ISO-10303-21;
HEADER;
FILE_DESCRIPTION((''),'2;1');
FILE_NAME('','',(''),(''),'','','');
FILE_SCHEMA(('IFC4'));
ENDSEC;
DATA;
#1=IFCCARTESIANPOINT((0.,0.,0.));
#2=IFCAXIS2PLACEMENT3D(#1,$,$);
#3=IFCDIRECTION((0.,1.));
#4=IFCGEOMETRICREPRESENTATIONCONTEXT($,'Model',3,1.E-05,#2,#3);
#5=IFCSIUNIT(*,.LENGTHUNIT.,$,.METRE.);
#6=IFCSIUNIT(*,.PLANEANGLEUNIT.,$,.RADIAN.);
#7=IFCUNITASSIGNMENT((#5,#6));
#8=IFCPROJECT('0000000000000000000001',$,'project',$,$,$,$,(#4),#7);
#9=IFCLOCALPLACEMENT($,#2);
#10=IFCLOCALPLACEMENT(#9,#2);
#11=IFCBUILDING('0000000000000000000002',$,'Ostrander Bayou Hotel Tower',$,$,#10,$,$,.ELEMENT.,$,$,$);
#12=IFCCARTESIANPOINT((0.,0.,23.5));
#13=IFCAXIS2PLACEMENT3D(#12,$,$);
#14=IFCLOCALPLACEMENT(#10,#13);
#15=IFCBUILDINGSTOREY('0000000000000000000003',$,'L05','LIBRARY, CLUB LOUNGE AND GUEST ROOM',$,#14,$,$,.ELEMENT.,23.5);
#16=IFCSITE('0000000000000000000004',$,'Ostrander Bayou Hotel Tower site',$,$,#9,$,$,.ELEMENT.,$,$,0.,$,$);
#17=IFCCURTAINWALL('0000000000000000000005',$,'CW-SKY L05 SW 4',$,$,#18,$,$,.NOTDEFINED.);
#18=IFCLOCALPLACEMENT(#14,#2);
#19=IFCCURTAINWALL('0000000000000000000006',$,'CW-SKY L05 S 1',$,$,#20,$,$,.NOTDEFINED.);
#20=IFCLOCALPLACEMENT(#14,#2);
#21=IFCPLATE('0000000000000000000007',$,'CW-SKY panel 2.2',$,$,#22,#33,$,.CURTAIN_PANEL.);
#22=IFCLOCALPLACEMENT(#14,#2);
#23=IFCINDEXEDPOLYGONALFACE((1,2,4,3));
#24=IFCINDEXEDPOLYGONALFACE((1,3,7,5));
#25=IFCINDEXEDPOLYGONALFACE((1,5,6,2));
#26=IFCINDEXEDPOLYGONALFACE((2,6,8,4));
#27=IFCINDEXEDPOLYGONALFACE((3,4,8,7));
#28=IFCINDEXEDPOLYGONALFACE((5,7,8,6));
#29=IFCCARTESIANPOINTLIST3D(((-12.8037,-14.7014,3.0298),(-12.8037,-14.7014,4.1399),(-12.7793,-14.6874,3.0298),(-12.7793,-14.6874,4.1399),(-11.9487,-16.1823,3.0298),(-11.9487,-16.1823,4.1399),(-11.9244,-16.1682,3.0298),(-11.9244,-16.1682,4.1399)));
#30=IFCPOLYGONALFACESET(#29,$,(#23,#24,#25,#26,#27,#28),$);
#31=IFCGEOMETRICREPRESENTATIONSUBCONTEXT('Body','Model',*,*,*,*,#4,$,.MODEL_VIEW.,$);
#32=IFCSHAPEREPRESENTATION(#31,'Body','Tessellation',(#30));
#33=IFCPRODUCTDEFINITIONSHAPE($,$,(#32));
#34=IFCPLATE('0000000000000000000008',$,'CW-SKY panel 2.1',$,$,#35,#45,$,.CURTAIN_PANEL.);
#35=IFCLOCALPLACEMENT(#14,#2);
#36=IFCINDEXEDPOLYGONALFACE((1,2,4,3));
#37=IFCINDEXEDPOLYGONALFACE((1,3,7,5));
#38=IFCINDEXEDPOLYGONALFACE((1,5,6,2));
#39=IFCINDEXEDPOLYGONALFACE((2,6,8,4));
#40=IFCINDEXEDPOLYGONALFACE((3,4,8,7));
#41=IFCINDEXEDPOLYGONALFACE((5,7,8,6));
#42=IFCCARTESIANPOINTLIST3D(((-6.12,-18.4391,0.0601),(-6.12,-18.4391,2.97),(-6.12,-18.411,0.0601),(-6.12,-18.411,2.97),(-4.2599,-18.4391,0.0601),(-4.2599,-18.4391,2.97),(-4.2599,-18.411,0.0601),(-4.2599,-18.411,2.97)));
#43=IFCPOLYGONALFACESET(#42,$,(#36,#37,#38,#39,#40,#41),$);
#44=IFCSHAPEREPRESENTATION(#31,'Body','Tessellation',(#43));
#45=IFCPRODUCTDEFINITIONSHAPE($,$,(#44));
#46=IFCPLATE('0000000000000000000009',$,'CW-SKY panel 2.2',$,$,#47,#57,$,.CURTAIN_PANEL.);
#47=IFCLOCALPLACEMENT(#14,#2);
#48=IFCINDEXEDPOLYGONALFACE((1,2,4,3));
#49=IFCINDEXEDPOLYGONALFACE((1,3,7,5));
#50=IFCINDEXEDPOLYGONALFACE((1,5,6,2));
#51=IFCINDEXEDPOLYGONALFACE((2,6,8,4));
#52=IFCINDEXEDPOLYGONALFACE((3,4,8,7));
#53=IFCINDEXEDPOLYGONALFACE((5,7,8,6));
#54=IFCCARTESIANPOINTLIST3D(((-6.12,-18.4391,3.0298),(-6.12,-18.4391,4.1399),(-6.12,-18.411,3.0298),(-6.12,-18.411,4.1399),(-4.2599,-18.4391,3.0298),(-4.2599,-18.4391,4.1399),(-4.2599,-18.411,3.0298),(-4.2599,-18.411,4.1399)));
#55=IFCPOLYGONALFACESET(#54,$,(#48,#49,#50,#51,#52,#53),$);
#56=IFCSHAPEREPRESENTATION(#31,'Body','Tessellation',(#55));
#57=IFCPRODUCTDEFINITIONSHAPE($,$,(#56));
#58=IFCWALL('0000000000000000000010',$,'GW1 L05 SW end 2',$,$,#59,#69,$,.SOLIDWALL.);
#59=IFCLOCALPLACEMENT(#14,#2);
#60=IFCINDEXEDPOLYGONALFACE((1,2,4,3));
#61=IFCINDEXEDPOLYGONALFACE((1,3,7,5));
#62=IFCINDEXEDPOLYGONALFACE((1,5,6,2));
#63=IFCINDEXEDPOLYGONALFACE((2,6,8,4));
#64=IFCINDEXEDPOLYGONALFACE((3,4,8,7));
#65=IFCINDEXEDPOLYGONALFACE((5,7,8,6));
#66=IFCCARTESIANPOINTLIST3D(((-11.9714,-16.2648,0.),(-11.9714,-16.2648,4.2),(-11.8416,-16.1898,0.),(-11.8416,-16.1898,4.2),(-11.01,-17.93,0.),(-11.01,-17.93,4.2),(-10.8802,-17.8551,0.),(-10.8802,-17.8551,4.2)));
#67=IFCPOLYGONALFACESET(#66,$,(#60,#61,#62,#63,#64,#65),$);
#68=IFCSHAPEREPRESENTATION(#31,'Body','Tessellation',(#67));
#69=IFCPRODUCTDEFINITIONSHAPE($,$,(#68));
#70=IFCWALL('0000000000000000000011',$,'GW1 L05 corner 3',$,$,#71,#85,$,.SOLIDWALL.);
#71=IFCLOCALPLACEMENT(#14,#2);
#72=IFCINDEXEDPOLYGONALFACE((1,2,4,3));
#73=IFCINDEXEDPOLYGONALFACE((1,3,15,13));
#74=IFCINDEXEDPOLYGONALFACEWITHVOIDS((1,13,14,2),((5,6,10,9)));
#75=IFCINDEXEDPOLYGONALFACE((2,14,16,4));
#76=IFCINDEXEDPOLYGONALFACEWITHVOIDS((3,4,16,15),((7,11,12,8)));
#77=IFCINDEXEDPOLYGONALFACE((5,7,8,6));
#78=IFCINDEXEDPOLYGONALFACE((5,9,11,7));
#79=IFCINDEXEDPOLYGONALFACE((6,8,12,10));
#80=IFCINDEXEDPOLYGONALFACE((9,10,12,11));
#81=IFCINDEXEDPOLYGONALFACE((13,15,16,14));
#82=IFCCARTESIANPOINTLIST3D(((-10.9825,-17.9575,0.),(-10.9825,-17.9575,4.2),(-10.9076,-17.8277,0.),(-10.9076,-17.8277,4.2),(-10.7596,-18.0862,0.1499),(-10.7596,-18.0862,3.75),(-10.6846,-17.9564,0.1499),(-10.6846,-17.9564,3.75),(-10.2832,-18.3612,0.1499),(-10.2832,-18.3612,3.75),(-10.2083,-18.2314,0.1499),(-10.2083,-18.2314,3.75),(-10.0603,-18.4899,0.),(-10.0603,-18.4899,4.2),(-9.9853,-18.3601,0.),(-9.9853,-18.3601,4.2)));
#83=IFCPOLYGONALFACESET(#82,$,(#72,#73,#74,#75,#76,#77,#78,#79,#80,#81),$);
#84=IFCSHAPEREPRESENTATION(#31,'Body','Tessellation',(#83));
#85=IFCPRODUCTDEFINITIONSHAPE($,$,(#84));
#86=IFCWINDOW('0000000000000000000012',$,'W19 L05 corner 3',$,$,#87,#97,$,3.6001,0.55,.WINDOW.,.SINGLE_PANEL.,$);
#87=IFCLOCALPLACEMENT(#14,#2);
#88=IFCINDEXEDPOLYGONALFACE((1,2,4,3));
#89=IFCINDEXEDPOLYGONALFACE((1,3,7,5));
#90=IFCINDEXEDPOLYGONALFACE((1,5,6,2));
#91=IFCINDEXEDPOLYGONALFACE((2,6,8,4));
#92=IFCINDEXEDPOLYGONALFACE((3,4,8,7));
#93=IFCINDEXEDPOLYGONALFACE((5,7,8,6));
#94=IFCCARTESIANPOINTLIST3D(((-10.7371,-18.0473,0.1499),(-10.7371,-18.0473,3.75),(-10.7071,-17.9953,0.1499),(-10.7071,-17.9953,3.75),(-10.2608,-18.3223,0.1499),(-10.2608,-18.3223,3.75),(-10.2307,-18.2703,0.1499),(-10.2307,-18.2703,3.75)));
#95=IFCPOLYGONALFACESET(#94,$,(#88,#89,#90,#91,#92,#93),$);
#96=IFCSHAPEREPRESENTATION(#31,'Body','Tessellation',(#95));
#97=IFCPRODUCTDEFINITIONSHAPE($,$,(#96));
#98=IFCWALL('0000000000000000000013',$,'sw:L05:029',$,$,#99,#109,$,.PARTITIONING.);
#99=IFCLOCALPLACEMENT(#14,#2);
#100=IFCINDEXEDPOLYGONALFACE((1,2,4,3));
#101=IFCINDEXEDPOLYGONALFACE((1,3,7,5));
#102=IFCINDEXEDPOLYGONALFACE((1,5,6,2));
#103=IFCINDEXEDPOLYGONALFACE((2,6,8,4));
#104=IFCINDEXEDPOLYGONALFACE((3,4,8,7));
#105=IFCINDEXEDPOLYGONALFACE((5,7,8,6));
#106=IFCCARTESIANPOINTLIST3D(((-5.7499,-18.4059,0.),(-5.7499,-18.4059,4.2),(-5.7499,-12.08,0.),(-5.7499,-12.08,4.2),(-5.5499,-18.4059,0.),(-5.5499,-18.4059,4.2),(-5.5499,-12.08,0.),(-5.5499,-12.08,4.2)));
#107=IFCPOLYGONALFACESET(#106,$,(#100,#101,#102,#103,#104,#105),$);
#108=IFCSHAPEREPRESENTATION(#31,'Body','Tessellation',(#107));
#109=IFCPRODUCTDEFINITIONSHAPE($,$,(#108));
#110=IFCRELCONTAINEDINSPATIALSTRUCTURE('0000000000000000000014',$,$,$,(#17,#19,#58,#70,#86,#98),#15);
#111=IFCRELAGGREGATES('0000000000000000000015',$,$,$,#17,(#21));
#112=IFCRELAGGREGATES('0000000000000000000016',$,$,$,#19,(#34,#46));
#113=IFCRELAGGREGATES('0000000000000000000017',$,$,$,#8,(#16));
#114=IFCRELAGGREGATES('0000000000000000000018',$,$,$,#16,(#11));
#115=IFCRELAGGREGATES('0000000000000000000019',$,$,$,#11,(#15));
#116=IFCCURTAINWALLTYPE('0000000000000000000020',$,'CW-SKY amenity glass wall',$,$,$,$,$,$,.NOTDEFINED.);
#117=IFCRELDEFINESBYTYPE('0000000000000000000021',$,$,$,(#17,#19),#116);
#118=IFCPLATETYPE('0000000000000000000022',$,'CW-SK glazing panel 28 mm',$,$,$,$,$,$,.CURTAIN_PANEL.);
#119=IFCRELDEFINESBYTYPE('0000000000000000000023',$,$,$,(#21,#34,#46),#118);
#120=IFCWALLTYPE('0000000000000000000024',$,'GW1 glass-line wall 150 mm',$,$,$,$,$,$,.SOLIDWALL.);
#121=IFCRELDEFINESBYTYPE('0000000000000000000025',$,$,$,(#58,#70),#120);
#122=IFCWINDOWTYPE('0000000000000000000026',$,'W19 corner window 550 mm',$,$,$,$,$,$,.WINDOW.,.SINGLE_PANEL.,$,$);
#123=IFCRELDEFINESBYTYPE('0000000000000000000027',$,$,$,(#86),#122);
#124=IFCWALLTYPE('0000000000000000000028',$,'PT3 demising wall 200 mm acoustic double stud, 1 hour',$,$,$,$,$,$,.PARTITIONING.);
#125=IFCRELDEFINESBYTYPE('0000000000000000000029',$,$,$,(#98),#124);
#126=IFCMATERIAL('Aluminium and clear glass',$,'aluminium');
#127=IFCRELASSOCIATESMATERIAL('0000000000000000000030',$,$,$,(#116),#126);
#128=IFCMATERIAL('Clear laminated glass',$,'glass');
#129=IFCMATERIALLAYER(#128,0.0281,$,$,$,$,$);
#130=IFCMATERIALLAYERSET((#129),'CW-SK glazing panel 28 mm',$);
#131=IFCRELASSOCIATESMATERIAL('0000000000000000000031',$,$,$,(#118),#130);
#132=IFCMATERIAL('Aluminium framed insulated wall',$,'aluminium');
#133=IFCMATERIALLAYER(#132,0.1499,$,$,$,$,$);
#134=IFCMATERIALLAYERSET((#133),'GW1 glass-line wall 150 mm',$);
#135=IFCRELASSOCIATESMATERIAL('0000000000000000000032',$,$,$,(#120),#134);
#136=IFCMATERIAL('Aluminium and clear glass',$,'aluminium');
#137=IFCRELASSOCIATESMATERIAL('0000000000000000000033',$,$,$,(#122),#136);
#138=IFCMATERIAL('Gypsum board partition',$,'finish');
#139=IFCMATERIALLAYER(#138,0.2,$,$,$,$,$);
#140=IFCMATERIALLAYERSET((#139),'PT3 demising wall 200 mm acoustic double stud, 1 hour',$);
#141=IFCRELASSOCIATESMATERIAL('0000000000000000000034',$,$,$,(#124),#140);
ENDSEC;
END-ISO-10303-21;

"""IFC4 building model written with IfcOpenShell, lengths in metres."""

from ifc_helpers import new_model, si_unit, direction, frame, frame_2d, origin, origin_2d, place, context, subcontext, project, spatial, rectangle, extrude, material, layer, layer_set, type_object, element, fill, aggregate, save


model = new_model("IFC4")

# Units and contexts
model_context = context("Model", 3, precision=1e-05, world=origin(), true_north=direction((0.0, 1.0)))
body_context = subcontext(model_context, "Body", "Model", "MODEL_VIEW")
ifc_project = project(units=[si_unit("LENGTHUNIT", "METRE"), si_unit("PLANEANGLEUNIT", "RADIAN")], contexts=[model_context])

# Site, building, storey
site_placement = place(None, origin())
site = spatial("IfcSite", under=ifc_project, at=site_placement, Name="Ostrander Bayou Hotel Tower site", CompositionType="ELEMENT", RefElevation=0.0)
building_placement = place(site_placement, origin())
building = spatial("IfcBuilding", under=site, at=building_placement, Name="Ostrander Bayou Hotel Tower", CompositionType="ELEMENT")
storey_placement = place(building_placement, frame((0.0, 0.0, 23.5)))
storey = spatial("IfcBuildingStorey", under=building, at=storey_placement, Name="L05", Description="LIBRARY, CLUB LOUNGE AND GUEST ROOM", CompositionType="ELEMENT", Elevation=23.5)

# Curtain walls
ifc_material_1 = material(Name="Aluminium and clear glass", Category="aluminium")
curtain_wall_type = type_object("IfcCurtainWallType", Name="CW-SKY amenity glass wall", PredefinedType="NOTDEFINED", material=ifc_material_1)
curtain_wall_1_placement = place(storey_placement, origin())
curtain_wall_1 = element("IfcCurtainWall", 1, at=curtain_wall_1_placement, inside=storey, type_object=curtain_wall_type, Name="CW-SKY L05 SW 4", PredefinedType="NOTDEFINED")
curtain_wall_2_placement = place(storey_placement, origin())
curtain_wall_2 = element("IfcCurtainWall", 2, at=curtain_wall_2_placement, inside=storey, type_object=curtain_wall_type, Name="CW-SKY L05 S 1", PredefinedType="NOTDEFINED")

# Plates
ifc_material_2 = material(Name="Clear laminated glass", Category="glass")
ifc_layer_1 = layer(ifc_material_2, 0.0281)
ifc_layer_set_1 = layer_set([ifc_layer_1], Name="CW-SK glazing panel 28 mm")
plate_type = type_object("IfcPlateType", Name="CW-SK glazing panel 28 mm", PredefinedType="CURTAIN_PANEL", material=ifc_layer_set_1)
plate_1_placement = place(storey_placement, frame((-12.364, -15.4348, 3.0298), z_axis=(0.0, 0.0, 1.0), x_axis=(0.499999, -0.866026, 0.0)))
plate_1 = element("IfcPlate", 3, at=plate_1_placement, type_object=plate_type, Name="CW-SKY panel 2.2", PredefinedType="CURTAIN_PANEL", context=body_context, shape_type="SweptSolid", body=[
    extrude(rectangle(XDim=1.71, YDim=0.0281, at=origin_2d()), origin(), (0.0, 0.0, 1.0), 1.1101),
])
aggregate(curtain_wall_1, [plate_1])
plate_2_placement = place(storey_placement, frame((-5.1899, -18.425, 0.0601), z_axis=(0.0, 0.0, 1.0), x_axis=(1.0, 0.0, 0.0)))
plate_2 = element("IfcPlate", 4, at=plate_2_placement, type_object=plate_type, Name="CW-SKY panel 2.1", PredefinedType="CURTAIN_PANEL", context=body_context, shape_type="SweptSolid", body=[
    extrude(rectangle(XDim=1.8601, YDim=0.0281, at=origin_2d()), origin(), (0.0, 0.0, 1.0), 2.9099),
])
plate_3_placement = place(storey_placement, frame((-5.1899, -18.425, 3.0298), z_axis=(0.0, 0.0, 1.0), x_axis=(1.0, 0.0, 0.0)))
plate_3 = element("IfcPlate", 5, at=plate_3_placement, type_object=plate_type, Name="CW-SKY panel 2.2", PredefinedType="CURTAIN_PANEL", context=body_context, shape_type="SweptSolid", body=[
    extrude(rectangle(XDim=1.8601, YDim=0.0281, at=origin_2d()), origin(), (0.0, 0.0, 1.0), 1.1101),
])
aggregate(curtain_wall_2, [plate_2, plate_3])

# Wall
ifc_material_3 = material(Name="Aluminium framed insulated wall", Category="aluminium")
ifc_layer_2 = layer(ifc_material_3, 0.1499)
ifc_layer_set_2 = layer_set([ifc_layer_2], Name="GW1 glass-line wall 150 mm")
wall_type_1 = type_object("IfcWallType", Name="GW1 glass-line wall 150 mm", PredefinedType="SOLIDWALL", material=ifc_layer_set_2)
wall_1_placement = place(storey_placement, frame((-11.9065, -16.2273, 0.0), z_axis=(0.0, 0.0, 1.0), x_axis=(0.49999, -0.866031, 0.0)))
element("IfcWall", 6, at=wall_1_placement, inside=storey, type_object=wall_type_1, Name="GW1 L05 SW end 2", PredefinedType="SOLIDWALL", context=body_context, shape_type="SweptSolid", body=[
    extrude(rectangle(XDim=1.9229, YDim=0.1499, at=frame_2d((0.9614, 0.0))), origin(), (0.0, 0.0, 1.0), 4.2),
])

# Wall, opening, window
wall_2_placement = place(storey_placement, frame((-10.9451, -17.8926, 0.0), z_axis=(0.0, 0.0, 1.0), x_axis=(0.866048, -0.499961, 0.0)))
wall_2 = element("IfcWall", 7, at=wall_2_placement, inside=storey, type_object=wall_type_1, Name="GW1 L05 corner 3", PredefinedType="SOLIDWALL", context=body_context, shape_type="SweptSolid", body=[
    extrude(rectangle(XDim=1.0649, YDim=0.1499, at=frame_2d((0.5325, 0.0))), origin(), (0.0, 0.0, 1.0), 4.2),
])
opening_1_placement = place(wall_2_placement, frame((0.2576, 0.0, 0.1499)))
opening_1 = element("IfcOpeningElement", 8, at=opening_1_placement, cuts=wall_2, PredefinedType="OPENING", context=body_context, shape_type="SweptSolid", body=[
    extrude(rectangle(XDim=0.55, YDim=3.6001, at=frame_2d((0.2749, 1.8))), frame((0.0, 0.075, 0.0), z_axis=(0.0, -1.0, 0.0), x_axis=(1.0, 0.0, 0.0)), (0.0, 0.0, 1.0), 0.1499),
])
ifc_material_4 = material(Name="Aluminium and clear glass", Category="aluminium")
window_type = type_object("IfcWindowType", Name="W19 corner window 550 mm", PartitioningType="SINGLE_PANEL", PredefinedType="WINDOW", material=ifc_material_4)
window_placement = place(opening_1_placement, origin())
window = element("IfcWindow", 9, at=window_placement, inside=storey, type_object=window_type, Name="W19 L05 corner 3", OverallHeight=3.6001, OverallWidth=0.55, PartitioningType="SINGLE_PANEL", PredefinedType="WINDOW", context=body_context, shape_type="SweptSolid", body=[
    extrude(rectangle(XDim=0.55, YDim=3.6001, at=frame_2d((0.2749, 1.8))), frame((0.0, 0.03, 0.0), z_axis=(0.0, -1.0, 0.0), x_axis=(1.0, 0.0, 0.0)), (0.0, 0.0, 1.0), 0.0601),
])
fill(opening_1, window)

# Wall
ifc_material_5 = material(Name="Gypsum board partition", Category="finish")
ifc_layer_3 = layer(ifc_material_5, 0.2)
ifc_layer_set_3 = layer_set([ifc_layer_3], Name="PT3 demising wall 200 mm acoustic double stud, 1 hour")
wall_type_2 = type_object("IfcWallType", Name="PT3 demising wall 200 mm acoustic double stud, 1 hour", PredefinedType="PARTITIONING", material=ifc_layer_set_3)
wall_3_placement = place(storey_placement, frame((-5.6499, -18.406, 0.0), z_axis=(0.0, 0.0, 1.0), x_axis=(0.0, 1.0, 0.0)))
element("IfcWall", 10, at=wall_3_placement, inside=storey, type_object=wall_type_2, Name="sw:L05:029", PredefinedType="PARTITIONING", context=body_context, shape_type="SweptSolid", body=[
    extrude(rectangle(XDim=6.3259, YDim=0.2, at=frame_2d((3.1631, 0.0))), origin(), (0.0, 0.0, 1.0), 4.2),
])

save(model, "model.ifc")
